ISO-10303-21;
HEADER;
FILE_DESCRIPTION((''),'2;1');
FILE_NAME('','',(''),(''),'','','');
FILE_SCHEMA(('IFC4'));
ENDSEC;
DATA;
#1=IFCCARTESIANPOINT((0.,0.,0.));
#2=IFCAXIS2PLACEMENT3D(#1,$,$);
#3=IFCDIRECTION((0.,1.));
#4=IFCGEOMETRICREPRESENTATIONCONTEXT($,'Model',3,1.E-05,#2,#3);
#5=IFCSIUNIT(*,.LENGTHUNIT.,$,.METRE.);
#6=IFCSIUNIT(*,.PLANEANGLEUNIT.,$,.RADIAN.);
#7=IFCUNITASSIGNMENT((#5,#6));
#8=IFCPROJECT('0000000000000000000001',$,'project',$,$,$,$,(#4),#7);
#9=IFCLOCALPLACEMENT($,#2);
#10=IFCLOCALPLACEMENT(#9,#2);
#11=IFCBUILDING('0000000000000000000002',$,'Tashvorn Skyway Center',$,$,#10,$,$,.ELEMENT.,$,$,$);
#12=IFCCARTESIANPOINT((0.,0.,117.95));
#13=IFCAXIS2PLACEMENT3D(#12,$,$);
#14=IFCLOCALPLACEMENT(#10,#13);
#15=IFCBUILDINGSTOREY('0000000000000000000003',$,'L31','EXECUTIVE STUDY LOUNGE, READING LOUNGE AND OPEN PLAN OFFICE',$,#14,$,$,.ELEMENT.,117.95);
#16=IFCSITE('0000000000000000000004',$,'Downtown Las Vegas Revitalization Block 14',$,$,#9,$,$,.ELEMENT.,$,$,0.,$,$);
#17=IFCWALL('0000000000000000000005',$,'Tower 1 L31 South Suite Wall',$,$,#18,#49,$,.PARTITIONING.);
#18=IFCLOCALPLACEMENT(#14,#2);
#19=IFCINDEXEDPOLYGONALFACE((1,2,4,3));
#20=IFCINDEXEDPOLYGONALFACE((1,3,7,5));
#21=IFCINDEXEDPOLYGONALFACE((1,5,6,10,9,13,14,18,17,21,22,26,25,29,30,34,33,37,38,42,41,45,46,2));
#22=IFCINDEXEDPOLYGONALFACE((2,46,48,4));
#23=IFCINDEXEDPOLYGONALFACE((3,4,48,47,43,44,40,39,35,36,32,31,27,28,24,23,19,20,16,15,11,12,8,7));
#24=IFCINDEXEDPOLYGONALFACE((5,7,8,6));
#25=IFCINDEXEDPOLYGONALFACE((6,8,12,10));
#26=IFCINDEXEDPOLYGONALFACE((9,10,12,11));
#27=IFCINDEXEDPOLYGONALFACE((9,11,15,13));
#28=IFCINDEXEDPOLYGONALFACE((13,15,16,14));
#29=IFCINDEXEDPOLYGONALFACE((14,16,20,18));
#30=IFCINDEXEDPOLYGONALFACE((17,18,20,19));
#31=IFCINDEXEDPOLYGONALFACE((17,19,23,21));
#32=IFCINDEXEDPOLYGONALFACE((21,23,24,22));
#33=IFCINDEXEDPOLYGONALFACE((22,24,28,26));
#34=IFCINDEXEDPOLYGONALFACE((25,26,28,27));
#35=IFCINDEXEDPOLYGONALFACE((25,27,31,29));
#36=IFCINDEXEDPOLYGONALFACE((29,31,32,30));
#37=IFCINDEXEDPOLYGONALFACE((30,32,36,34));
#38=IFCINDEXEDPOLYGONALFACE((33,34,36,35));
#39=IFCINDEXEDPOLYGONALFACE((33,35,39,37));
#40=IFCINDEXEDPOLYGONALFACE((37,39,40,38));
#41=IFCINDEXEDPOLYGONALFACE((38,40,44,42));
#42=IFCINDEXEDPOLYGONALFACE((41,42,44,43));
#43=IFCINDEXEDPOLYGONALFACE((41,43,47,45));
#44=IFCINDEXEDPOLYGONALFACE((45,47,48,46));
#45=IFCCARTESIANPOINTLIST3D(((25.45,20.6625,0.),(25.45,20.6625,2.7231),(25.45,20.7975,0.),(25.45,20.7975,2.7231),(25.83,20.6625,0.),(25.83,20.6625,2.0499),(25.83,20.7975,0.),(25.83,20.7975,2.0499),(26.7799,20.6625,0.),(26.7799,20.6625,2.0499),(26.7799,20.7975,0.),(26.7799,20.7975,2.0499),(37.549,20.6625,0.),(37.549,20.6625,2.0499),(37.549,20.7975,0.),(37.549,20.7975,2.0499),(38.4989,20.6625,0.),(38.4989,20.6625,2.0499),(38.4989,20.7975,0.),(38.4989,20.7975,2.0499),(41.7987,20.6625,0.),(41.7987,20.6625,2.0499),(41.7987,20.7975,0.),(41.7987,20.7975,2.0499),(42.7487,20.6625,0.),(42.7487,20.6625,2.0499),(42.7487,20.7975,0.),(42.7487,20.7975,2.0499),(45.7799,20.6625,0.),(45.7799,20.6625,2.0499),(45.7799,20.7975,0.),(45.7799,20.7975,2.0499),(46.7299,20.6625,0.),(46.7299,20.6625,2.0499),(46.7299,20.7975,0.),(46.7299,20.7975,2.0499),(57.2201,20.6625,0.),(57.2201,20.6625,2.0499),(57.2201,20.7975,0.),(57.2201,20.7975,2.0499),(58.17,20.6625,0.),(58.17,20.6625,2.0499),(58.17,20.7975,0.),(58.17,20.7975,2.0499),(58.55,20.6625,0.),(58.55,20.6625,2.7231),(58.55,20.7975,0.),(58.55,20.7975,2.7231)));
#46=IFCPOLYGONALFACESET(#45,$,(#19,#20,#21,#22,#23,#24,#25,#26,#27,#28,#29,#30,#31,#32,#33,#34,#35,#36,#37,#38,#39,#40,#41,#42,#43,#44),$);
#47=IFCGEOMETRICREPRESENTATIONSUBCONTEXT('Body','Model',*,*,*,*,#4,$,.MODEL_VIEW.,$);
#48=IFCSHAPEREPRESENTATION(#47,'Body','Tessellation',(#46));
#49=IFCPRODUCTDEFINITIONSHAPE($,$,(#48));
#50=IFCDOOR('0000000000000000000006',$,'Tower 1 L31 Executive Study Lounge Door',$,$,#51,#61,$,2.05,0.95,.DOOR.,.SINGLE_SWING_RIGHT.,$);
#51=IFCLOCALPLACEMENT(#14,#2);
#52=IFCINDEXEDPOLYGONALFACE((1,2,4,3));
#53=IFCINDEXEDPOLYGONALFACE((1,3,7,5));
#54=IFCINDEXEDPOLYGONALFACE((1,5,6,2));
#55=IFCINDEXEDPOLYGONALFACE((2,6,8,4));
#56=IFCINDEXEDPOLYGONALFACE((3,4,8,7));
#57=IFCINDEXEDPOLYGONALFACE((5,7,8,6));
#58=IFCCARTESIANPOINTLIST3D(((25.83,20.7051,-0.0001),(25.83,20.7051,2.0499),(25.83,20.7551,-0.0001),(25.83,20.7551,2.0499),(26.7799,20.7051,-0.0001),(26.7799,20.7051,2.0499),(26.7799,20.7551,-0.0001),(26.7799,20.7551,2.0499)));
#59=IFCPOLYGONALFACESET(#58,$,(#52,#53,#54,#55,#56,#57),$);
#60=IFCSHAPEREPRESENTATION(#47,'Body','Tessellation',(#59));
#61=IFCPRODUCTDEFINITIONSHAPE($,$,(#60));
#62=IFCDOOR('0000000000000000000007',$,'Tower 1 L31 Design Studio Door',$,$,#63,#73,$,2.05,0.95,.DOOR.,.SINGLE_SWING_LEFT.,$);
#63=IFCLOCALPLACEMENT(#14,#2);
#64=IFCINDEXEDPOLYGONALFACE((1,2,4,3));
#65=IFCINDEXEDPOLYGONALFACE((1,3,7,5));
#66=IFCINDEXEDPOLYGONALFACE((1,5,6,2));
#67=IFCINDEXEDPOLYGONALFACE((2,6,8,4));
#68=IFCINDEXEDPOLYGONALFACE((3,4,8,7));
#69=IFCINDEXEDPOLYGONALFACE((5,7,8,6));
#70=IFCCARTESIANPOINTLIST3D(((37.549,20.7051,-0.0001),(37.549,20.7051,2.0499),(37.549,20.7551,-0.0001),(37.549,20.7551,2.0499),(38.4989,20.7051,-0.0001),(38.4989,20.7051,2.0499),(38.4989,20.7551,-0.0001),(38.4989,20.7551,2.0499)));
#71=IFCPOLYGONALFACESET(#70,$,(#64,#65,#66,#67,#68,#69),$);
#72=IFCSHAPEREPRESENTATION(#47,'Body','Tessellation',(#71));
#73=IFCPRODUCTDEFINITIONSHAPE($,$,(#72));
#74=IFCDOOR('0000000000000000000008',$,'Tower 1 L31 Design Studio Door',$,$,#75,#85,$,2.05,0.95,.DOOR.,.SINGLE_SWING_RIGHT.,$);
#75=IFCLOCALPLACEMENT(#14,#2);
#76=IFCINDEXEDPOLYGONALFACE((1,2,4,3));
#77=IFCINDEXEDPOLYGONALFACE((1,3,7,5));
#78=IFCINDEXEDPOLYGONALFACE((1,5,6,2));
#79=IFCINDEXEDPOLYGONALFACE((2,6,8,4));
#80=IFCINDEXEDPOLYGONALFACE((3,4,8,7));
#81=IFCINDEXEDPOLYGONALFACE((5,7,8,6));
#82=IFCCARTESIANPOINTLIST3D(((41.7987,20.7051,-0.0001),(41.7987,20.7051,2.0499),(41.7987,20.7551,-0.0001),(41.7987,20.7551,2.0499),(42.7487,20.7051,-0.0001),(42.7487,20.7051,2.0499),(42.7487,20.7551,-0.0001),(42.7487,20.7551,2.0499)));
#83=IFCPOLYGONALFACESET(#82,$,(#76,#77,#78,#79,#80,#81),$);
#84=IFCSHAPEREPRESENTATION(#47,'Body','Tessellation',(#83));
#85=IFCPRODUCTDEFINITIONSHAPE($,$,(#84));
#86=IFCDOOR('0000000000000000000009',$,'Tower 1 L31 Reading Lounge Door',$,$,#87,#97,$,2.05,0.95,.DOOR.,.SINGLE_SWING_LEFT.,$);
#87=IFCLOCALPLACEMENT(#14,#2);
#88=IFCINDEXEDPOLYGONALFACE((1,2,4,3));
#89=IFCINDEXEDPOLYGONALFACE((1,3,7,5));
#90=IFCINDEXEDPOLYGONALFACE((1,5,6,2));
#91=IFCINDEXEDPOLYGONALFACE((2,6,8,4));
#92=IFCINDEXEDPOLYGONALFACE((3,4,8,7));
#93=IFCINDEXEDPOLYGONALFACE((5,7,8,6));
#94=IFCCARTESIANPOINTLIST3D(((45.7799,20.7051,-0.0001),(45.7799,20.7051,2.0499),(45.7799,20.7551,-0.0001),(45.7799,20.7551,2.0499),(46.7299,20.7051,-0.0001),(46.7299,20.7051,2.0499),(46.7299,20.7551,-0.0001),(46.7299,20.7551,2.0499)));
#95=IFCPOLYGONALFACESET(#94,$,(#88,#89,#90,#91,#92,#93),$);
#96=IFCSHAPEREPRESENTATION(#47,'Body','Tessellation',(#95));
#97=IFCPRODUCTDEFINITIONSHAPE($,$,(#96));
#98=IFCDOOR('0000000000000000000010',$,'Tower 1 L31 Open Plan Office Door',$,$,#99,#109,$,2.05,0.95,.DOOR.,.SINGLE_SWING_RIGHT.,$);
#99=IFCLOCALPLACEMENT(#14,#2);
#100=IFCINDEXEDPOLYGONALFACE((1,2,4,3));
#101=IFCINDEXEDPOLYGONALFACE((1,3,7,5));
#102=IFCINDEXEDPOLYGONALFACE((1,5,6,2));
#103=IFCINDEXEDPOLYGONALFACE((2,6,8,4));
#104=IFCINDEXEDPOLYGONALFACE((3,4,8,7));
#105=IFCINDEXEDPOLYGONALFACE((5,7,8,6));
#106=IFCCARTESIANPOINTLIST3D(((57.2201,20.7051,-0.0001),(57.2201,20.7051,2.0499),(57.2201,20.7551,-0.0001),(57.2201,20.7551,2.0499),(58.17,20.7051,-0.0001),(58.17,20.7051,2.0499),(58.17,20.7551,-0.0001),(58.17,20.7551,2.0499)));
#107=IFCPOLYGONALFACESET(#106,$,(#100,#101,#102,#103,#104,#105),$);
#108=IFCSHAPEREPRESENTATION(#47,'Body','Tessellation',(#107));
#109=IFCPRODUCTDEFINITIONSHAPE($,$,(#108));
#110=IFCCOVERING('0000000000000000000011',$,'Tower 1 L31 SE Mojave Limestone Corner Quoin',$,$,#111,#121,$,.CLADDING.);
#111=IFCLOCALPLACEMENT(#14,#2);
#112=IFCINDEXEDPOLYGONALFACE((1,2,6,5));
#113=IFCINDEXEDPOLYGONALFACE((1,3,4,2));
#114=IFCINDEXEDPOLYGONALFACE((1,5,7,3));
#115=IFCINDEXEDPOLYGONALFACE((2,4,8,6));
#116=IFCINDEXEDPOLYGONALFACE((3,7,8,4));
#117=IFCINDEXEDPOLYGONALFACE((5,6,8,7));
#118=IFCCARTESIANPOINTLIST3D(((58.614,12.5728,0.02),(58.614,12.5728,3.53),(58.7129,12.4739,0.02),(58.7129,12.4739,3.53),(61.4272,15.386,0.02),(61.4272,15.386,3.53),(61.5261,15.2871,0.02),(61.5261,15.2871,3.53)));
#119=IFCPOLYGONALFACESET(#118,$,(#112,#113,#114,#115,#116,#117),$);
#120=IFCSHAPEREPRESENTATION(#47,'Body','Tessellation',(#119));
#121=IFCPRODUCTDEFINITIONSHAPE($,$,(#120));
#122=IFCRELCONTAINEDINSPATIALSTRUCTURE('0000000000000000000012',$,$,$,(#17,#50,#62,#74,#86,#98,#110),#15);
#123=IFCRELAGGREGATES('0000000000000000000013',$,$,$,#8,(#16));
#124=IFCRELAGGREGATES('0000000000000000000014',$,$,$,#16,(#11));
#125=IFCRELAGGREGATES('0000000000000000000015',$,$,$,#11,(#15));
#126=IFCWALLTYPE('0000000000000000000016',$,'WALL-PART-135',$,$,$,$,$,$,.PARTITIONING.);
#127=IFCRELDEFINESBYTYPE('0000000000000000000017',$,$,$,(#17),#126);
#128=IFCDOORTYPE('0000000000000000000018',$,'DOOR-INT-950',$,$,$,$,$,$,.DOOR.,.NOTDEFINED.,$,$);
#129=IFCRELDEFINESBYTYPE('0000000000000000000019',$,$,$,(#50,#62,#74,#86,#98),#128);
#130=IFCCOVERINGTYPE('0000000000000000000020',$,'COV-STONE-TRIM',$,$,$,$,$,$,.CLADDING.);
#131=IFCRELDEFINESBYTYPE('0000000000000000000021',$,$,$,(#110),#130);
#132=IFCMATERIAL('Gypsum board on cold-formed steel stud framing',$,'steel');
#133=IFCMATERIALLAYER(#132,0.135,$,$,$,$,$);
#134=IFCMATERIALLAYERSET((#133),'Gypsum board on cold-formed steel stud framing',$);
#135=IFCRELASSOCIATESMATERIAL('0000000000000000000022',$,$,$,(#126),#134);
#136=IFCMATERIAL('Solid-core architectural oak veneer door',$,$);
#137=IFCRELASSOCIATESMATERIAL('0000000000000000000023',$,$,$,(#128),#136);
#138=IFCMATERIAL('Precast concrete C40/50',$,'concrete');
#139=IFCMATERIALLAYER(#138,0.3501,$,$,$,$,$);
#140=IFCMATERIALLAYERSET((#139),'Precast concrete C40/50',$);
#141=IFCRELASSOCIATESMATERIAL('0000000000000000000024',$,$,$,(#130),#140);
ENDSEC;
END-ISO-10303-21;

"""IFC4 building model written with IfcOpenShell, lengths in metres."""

from ifc_helpers import new_model, si_unit, direction, frame, frame_2d, origin, origin_2d, place, context, subcontext, project, spatial, rectangle, extrude, material, layer, layer_set, type_object, element, fill, save


model = new_model("IFC4")

# Units and contexts
model_context = context("Model", 3, precision=1e-05, world=origin(), true_north=direction((0.0, 1.0)))
body_context = subcontext(model_context, "Body", "Model", "MODEL_VIEW")
ifc_project = project(units=[si_unit("LENGTHUNIT", "METRE"), si_unit("PLANEANGLEUNIT", "RADIAN")], contexts=[model_context])

# Site, building, storey
site_placement = place(None, origin())
site = spatial("IfcSite", under=ifc_project, at=site_placement, Name="Downtown Las Vegas Revitalization Block 14", CompositionType="ELEMENT", RefElevation=0.0)
building_placement = place(site_placement, origin())
building = spatial("IfcBuilding", under=site, at=building_placement, Name="Tashvorn Skyway Center", CompositionType="ELEMENT")
storey_placement = place(building_placement, frame((0.0, 0.0, 117.95)))
storey = spatial("IfcBuildingStorey", under=building, at=storey_placement, Name="L31", Description="EXECUTIVE STUDY LOUNGE, READING LOUNGE AND OPEN PLAN OFFICE", CompositionType="ELEMENT", Elevation=117.95)

# Shared definitions
ifc_material_1 = material(Name="Gypsum board on cold-formed steel stud framing", Category="steel")

# Wall, openings, doors
ifc_layer_1 = layer(ifc_material_1, 0.135)
ifc_layer_set_1 = layer_set([ifc_layer_1], Name="Gypsum board on cold-formed steel stud framing")
wall_type_1 = type_object("IfcWallType", Name="WALL-PART-135", PredefinedType="PARTITIONING", material=ifc_layer_set_1)
wall_1_placement = place(storey_placement, frame((58.55, 20.73, 0.0), z_axis=(0.0, 0.0, 1.0), x_axis=(-1.0, 0.0, 0.0)))
wall_1 = element("IfcWall", 1, at=wall_1_placement, inside=storey, type_object=wall_type_1, Name="Tower 1 L31 South Suite Wall", PredefinedType="PARTITIONING", context=body_context, shape_type="SweptSolid", body=[
    extrude(rectangle(XDim=33.1001, YDim=0.135, at=frame_2d((16.55, 0.0))), origin(), (0.0, 0.0, 1.0), 2.7231),
])
opening_1_placement = place(wall_1_placement, frame((31.77, 0.0, 0.0)))
opening_1 = element("IfcOpeningElement", 2, at=opening_1_placement, cuts=wall_1, PredefinedType="OPENING", context=body_context, shape_type="SweptSolid", body=[
    extrude(rectangle(XDim=0.95, YDim=2.05, at=frame_2d((0.4751, 1.0249))), frame((0.0, 0.0774, 0.0), z_axis=(0.0, -1.0, 0.0), x_axis=(1.0, 0.0, 0.0)), (0.0, 0.0, 1.0), 0.155),
])
opening_2_placement = place(wall_1_placement, frame((20.051, 0.0, 0.0)))
opening_2 = element("IfcOpeningElement", 3, at=opening_2_placement, cuts=wall_1, PredefinedType="OPENING", context=body_context, shape_type="SweptSolid", body=[
    extrude(rectangle(XDim=0.95, YDim=2.05, at=frame_2d((0.4751, 1.0249))), frame((0.0, 0.0774, 0.0), z_axis=(0.0, -1.0, 0.0), x_axis=(1.0, 0.0, 0.0)), (0.0, 0.0, 1.0), 0.155),
])
opening_3_placement = place(wall_1_placement, frame((15.8013, 0.0, 0.0)))
opening_3 = element("IfcOpeningElement", 4, at=opening_3_placement, cuts=wall_1, PredefinedType="OPENING", context=body_context, shape_type="SweptSolid", body=[
    extrude(rectangle(XDim=0.95, YDim=2.05, at=frame_2d((0.4751, 1.0249))), frame((0.0, 0.0774, 0.0), z_axis=(0.0, -1.0, 0.0), x_axis=(1.0, 0.0, 0.0)), (0.0, 0.0, 1.0), 0.155),
])
opening_4_placement = place(wall_1_placement, frame((11.8201, 0.0, 0.0)))
opening_4 = element("IfcOpeningElement", 5, at=opening_4_placement, cuts=wall_1, PredefinedType="OPENING", context=body_context, shape_type="SweptSolid", body=[
    extrude(rectangle(XDim=0.95, YDim=2.05, at=frame_2d((0.4751, 1.0249))), frame((0.0, 0.0774, 0.0), z_axis=(0.0, -1.0, 0.0), x_axis=(1.0, 0.0, 0.0)), (0.0, 0.0, 1.0), 0.155),
])
opening_5_placement = place(wall_1_placement, frame((0.3799, 0.0, 0.0)))
opening_5 = element("IfcOpeningElement", 6, at=opening_5_placement, cuts=wall_1, PredefinedType="OPENING", context=body_context, shape_type="SweptSolid", body=[
    extrude(rectangle(XDim=0.95, YDim=2.05, at=frame_2d((0.4751, 1.0249))), frame((0.0, 0.0774, 0.0), z_axis=(0.0, -1.0, 0.0), x_axis=(1.0, 0.0, 0.0)), (0.0, 0.0, 1.0), 0.155),
])
ifc_material_2 = material(Name="Solid-core architectural oak veneer door")
door_type = type_object("IfcDoorType", Name="DOOR-INT-950", OperationType="NOTDEFINED", PredefinedType="DOOR", material=ifc_material_2)
door_1_placement = place(opening_1_placement, origin())
door_1 = element("IfcDoor", 7, at=door_1_placement, inside=storey, type_object=door_type, Name="Tower 1 L31 Executive Study Lounge Door", OperationType="SINGLE_SWING_RIGHT", OverallHeight=2.05, OverallWidth=0.95, PredefinedType="DOOR", context=body_context, shape_type="SweptSolid", body=[
    extrude(rectangle(XDim=0.95, YDim=2.05, at=frame_2d((0.4751, 1.0249))), frame((0.0, 0.0249, 0.0), z_axis=(0.0, -1.0, 0.0), x_axis=(1.0, 0.0, 0.0)), (0.0, 0.0, 1.0), 0.05),
])
fill(opening_1, door_1)
door_2_placement = place(opening_2_placement, origin())
door_2 = element("IfcDoor", 8, at=door_2_placement, inside=storey, type_object=door_type, Name="Tower 1 L31 Design Studio Door", OperationType="SINGLE_SWING_LEFT", OverallHeight=2.05, OverallWidth=0.95, PredefinedType="DOOR", context=body_context, shape_type="SweptSolid", body=[
    extrude(rectangle(XDim=0.95, YDim=2.05, at=frame_2d((0.4751, 1.0249))), frame((0.0, 0.0249, 0.0), z_axis=(0.0, -1.0, 0.0), x_axis=(1.0, 0.0, 0.0)), (0.0, 0.0, 1.0), 0.05),
])
fill(opening_2, door_2)
door_3_placement = place(opening_3_placement, origin())
door_3 = element("IfcDoor", 9, at=door_3_placement, inside=storey, type_object=door_type, Name="Tower 1 L31 Design Studio Door", OperationType="SINGLE_SWING_RIGHT", OverallHeight=2.05, OverallWidth=0.95, PredefinedType="DOOR", context=body_context, shape_type="SweptSolid", body=[
    extrude(rectangle(XDim=0.95, YDim=2.05, at=frame_2d((0.4751, 1.0249))), frame((0.0, 0.0249, 0.0), z_axis=(0.0, -1.0, 0.0), x_axis=(1.0, 0.0, 0.0)), (0.0, 0.0, 1.0), 0.05),
])
fill(opening_3, door_3)
door_4_placement = place(opening_4_placement, origin())
door_4 = element("IfcDoor", 10, at=door_4_placement, inside=storey, type_object=door_type, Name="Tower 1 L31 Reading Lounge Door", OperationType="SINGLE_SWING_LEFT", OverallHeight=2.05, OverallWidth=0.95, PredefinedType="DOOR", context=body_context, shape_type="SweptSolid", body=[
    extrude(rectangle(XDim=0.95, YDim=2.05, at=frame_2d((0.4751, 1.0249))), frame((0.0, 0.0249, 0.0), z_axis=(0.0, -1.0, 0.0), x_axis=(1.0, 0.0, 0.0)), (0.0, 0.0, 1.0), 0.05),
])
fill(opening_4, door_4)
door_5_placement = place(opening_5_placement, origin())
door_5 = element("IfcDoor", 11, at=door_5_placement, inside=storey, type_object=door_type, Name="Tower 1 L31 Open Plan Office Door", OperationType="SINGLE_SWING_RIGHT", OverallHeight=2.05, OverallWidth=0.95, PredefinedType="DOOR", context=body_context, shape_type="SweptSolid", body=[
    extrude(rectangle(XDim=0.95, YDim=2.05, at=frame_2d((0.4751, 1.0249))), frame((0.0, 0.0249, 0.0), z_axis=(0.0, -1.0, 0.0), x_axis=(1.0, 0.0, 0.0)), (0.0, 0.0, 1.0), 0.05),
])
fill(opening_5, door_5)

# Covering
ifc_material_3 = material(Name="Precast concrete C40/50", Category="concrete")
ifc_layer_2 = layer(ifc_material_3, 0.3501)
ifc_layer_set_2 = layer_set([ifc_layer_2], Name="Precast concrete C40/50")
covering_type = type_object("IfcCoveringType", Name="COV-STONE-TRIM", PredefinedType="CLADDING", material=ifc_layer_set_2)
covering_placement = place(storey_placement, frame((60.0701, 13.9299, 0.02), z_axis=(0.0, 0.0, 1.0), x_axis=(0.707107, 0.707107, 0.0)))
element("IfcCovering", 12, at=covering_placement, inside=storey, type_object=covering_type, Name="Tower 1 L31 SE Mojave Limestone Corner Quoin", PredefinedType="CLADDING", context=body_context, shape_type="SweptSolid", body=[
    extrude(rectangle(XDim=3.9785, YDim=0.1399, at=origin_2d()), origin(), (0.0, 0.0, 1.0), 3.51),
])

save(model, "model.ifc")
